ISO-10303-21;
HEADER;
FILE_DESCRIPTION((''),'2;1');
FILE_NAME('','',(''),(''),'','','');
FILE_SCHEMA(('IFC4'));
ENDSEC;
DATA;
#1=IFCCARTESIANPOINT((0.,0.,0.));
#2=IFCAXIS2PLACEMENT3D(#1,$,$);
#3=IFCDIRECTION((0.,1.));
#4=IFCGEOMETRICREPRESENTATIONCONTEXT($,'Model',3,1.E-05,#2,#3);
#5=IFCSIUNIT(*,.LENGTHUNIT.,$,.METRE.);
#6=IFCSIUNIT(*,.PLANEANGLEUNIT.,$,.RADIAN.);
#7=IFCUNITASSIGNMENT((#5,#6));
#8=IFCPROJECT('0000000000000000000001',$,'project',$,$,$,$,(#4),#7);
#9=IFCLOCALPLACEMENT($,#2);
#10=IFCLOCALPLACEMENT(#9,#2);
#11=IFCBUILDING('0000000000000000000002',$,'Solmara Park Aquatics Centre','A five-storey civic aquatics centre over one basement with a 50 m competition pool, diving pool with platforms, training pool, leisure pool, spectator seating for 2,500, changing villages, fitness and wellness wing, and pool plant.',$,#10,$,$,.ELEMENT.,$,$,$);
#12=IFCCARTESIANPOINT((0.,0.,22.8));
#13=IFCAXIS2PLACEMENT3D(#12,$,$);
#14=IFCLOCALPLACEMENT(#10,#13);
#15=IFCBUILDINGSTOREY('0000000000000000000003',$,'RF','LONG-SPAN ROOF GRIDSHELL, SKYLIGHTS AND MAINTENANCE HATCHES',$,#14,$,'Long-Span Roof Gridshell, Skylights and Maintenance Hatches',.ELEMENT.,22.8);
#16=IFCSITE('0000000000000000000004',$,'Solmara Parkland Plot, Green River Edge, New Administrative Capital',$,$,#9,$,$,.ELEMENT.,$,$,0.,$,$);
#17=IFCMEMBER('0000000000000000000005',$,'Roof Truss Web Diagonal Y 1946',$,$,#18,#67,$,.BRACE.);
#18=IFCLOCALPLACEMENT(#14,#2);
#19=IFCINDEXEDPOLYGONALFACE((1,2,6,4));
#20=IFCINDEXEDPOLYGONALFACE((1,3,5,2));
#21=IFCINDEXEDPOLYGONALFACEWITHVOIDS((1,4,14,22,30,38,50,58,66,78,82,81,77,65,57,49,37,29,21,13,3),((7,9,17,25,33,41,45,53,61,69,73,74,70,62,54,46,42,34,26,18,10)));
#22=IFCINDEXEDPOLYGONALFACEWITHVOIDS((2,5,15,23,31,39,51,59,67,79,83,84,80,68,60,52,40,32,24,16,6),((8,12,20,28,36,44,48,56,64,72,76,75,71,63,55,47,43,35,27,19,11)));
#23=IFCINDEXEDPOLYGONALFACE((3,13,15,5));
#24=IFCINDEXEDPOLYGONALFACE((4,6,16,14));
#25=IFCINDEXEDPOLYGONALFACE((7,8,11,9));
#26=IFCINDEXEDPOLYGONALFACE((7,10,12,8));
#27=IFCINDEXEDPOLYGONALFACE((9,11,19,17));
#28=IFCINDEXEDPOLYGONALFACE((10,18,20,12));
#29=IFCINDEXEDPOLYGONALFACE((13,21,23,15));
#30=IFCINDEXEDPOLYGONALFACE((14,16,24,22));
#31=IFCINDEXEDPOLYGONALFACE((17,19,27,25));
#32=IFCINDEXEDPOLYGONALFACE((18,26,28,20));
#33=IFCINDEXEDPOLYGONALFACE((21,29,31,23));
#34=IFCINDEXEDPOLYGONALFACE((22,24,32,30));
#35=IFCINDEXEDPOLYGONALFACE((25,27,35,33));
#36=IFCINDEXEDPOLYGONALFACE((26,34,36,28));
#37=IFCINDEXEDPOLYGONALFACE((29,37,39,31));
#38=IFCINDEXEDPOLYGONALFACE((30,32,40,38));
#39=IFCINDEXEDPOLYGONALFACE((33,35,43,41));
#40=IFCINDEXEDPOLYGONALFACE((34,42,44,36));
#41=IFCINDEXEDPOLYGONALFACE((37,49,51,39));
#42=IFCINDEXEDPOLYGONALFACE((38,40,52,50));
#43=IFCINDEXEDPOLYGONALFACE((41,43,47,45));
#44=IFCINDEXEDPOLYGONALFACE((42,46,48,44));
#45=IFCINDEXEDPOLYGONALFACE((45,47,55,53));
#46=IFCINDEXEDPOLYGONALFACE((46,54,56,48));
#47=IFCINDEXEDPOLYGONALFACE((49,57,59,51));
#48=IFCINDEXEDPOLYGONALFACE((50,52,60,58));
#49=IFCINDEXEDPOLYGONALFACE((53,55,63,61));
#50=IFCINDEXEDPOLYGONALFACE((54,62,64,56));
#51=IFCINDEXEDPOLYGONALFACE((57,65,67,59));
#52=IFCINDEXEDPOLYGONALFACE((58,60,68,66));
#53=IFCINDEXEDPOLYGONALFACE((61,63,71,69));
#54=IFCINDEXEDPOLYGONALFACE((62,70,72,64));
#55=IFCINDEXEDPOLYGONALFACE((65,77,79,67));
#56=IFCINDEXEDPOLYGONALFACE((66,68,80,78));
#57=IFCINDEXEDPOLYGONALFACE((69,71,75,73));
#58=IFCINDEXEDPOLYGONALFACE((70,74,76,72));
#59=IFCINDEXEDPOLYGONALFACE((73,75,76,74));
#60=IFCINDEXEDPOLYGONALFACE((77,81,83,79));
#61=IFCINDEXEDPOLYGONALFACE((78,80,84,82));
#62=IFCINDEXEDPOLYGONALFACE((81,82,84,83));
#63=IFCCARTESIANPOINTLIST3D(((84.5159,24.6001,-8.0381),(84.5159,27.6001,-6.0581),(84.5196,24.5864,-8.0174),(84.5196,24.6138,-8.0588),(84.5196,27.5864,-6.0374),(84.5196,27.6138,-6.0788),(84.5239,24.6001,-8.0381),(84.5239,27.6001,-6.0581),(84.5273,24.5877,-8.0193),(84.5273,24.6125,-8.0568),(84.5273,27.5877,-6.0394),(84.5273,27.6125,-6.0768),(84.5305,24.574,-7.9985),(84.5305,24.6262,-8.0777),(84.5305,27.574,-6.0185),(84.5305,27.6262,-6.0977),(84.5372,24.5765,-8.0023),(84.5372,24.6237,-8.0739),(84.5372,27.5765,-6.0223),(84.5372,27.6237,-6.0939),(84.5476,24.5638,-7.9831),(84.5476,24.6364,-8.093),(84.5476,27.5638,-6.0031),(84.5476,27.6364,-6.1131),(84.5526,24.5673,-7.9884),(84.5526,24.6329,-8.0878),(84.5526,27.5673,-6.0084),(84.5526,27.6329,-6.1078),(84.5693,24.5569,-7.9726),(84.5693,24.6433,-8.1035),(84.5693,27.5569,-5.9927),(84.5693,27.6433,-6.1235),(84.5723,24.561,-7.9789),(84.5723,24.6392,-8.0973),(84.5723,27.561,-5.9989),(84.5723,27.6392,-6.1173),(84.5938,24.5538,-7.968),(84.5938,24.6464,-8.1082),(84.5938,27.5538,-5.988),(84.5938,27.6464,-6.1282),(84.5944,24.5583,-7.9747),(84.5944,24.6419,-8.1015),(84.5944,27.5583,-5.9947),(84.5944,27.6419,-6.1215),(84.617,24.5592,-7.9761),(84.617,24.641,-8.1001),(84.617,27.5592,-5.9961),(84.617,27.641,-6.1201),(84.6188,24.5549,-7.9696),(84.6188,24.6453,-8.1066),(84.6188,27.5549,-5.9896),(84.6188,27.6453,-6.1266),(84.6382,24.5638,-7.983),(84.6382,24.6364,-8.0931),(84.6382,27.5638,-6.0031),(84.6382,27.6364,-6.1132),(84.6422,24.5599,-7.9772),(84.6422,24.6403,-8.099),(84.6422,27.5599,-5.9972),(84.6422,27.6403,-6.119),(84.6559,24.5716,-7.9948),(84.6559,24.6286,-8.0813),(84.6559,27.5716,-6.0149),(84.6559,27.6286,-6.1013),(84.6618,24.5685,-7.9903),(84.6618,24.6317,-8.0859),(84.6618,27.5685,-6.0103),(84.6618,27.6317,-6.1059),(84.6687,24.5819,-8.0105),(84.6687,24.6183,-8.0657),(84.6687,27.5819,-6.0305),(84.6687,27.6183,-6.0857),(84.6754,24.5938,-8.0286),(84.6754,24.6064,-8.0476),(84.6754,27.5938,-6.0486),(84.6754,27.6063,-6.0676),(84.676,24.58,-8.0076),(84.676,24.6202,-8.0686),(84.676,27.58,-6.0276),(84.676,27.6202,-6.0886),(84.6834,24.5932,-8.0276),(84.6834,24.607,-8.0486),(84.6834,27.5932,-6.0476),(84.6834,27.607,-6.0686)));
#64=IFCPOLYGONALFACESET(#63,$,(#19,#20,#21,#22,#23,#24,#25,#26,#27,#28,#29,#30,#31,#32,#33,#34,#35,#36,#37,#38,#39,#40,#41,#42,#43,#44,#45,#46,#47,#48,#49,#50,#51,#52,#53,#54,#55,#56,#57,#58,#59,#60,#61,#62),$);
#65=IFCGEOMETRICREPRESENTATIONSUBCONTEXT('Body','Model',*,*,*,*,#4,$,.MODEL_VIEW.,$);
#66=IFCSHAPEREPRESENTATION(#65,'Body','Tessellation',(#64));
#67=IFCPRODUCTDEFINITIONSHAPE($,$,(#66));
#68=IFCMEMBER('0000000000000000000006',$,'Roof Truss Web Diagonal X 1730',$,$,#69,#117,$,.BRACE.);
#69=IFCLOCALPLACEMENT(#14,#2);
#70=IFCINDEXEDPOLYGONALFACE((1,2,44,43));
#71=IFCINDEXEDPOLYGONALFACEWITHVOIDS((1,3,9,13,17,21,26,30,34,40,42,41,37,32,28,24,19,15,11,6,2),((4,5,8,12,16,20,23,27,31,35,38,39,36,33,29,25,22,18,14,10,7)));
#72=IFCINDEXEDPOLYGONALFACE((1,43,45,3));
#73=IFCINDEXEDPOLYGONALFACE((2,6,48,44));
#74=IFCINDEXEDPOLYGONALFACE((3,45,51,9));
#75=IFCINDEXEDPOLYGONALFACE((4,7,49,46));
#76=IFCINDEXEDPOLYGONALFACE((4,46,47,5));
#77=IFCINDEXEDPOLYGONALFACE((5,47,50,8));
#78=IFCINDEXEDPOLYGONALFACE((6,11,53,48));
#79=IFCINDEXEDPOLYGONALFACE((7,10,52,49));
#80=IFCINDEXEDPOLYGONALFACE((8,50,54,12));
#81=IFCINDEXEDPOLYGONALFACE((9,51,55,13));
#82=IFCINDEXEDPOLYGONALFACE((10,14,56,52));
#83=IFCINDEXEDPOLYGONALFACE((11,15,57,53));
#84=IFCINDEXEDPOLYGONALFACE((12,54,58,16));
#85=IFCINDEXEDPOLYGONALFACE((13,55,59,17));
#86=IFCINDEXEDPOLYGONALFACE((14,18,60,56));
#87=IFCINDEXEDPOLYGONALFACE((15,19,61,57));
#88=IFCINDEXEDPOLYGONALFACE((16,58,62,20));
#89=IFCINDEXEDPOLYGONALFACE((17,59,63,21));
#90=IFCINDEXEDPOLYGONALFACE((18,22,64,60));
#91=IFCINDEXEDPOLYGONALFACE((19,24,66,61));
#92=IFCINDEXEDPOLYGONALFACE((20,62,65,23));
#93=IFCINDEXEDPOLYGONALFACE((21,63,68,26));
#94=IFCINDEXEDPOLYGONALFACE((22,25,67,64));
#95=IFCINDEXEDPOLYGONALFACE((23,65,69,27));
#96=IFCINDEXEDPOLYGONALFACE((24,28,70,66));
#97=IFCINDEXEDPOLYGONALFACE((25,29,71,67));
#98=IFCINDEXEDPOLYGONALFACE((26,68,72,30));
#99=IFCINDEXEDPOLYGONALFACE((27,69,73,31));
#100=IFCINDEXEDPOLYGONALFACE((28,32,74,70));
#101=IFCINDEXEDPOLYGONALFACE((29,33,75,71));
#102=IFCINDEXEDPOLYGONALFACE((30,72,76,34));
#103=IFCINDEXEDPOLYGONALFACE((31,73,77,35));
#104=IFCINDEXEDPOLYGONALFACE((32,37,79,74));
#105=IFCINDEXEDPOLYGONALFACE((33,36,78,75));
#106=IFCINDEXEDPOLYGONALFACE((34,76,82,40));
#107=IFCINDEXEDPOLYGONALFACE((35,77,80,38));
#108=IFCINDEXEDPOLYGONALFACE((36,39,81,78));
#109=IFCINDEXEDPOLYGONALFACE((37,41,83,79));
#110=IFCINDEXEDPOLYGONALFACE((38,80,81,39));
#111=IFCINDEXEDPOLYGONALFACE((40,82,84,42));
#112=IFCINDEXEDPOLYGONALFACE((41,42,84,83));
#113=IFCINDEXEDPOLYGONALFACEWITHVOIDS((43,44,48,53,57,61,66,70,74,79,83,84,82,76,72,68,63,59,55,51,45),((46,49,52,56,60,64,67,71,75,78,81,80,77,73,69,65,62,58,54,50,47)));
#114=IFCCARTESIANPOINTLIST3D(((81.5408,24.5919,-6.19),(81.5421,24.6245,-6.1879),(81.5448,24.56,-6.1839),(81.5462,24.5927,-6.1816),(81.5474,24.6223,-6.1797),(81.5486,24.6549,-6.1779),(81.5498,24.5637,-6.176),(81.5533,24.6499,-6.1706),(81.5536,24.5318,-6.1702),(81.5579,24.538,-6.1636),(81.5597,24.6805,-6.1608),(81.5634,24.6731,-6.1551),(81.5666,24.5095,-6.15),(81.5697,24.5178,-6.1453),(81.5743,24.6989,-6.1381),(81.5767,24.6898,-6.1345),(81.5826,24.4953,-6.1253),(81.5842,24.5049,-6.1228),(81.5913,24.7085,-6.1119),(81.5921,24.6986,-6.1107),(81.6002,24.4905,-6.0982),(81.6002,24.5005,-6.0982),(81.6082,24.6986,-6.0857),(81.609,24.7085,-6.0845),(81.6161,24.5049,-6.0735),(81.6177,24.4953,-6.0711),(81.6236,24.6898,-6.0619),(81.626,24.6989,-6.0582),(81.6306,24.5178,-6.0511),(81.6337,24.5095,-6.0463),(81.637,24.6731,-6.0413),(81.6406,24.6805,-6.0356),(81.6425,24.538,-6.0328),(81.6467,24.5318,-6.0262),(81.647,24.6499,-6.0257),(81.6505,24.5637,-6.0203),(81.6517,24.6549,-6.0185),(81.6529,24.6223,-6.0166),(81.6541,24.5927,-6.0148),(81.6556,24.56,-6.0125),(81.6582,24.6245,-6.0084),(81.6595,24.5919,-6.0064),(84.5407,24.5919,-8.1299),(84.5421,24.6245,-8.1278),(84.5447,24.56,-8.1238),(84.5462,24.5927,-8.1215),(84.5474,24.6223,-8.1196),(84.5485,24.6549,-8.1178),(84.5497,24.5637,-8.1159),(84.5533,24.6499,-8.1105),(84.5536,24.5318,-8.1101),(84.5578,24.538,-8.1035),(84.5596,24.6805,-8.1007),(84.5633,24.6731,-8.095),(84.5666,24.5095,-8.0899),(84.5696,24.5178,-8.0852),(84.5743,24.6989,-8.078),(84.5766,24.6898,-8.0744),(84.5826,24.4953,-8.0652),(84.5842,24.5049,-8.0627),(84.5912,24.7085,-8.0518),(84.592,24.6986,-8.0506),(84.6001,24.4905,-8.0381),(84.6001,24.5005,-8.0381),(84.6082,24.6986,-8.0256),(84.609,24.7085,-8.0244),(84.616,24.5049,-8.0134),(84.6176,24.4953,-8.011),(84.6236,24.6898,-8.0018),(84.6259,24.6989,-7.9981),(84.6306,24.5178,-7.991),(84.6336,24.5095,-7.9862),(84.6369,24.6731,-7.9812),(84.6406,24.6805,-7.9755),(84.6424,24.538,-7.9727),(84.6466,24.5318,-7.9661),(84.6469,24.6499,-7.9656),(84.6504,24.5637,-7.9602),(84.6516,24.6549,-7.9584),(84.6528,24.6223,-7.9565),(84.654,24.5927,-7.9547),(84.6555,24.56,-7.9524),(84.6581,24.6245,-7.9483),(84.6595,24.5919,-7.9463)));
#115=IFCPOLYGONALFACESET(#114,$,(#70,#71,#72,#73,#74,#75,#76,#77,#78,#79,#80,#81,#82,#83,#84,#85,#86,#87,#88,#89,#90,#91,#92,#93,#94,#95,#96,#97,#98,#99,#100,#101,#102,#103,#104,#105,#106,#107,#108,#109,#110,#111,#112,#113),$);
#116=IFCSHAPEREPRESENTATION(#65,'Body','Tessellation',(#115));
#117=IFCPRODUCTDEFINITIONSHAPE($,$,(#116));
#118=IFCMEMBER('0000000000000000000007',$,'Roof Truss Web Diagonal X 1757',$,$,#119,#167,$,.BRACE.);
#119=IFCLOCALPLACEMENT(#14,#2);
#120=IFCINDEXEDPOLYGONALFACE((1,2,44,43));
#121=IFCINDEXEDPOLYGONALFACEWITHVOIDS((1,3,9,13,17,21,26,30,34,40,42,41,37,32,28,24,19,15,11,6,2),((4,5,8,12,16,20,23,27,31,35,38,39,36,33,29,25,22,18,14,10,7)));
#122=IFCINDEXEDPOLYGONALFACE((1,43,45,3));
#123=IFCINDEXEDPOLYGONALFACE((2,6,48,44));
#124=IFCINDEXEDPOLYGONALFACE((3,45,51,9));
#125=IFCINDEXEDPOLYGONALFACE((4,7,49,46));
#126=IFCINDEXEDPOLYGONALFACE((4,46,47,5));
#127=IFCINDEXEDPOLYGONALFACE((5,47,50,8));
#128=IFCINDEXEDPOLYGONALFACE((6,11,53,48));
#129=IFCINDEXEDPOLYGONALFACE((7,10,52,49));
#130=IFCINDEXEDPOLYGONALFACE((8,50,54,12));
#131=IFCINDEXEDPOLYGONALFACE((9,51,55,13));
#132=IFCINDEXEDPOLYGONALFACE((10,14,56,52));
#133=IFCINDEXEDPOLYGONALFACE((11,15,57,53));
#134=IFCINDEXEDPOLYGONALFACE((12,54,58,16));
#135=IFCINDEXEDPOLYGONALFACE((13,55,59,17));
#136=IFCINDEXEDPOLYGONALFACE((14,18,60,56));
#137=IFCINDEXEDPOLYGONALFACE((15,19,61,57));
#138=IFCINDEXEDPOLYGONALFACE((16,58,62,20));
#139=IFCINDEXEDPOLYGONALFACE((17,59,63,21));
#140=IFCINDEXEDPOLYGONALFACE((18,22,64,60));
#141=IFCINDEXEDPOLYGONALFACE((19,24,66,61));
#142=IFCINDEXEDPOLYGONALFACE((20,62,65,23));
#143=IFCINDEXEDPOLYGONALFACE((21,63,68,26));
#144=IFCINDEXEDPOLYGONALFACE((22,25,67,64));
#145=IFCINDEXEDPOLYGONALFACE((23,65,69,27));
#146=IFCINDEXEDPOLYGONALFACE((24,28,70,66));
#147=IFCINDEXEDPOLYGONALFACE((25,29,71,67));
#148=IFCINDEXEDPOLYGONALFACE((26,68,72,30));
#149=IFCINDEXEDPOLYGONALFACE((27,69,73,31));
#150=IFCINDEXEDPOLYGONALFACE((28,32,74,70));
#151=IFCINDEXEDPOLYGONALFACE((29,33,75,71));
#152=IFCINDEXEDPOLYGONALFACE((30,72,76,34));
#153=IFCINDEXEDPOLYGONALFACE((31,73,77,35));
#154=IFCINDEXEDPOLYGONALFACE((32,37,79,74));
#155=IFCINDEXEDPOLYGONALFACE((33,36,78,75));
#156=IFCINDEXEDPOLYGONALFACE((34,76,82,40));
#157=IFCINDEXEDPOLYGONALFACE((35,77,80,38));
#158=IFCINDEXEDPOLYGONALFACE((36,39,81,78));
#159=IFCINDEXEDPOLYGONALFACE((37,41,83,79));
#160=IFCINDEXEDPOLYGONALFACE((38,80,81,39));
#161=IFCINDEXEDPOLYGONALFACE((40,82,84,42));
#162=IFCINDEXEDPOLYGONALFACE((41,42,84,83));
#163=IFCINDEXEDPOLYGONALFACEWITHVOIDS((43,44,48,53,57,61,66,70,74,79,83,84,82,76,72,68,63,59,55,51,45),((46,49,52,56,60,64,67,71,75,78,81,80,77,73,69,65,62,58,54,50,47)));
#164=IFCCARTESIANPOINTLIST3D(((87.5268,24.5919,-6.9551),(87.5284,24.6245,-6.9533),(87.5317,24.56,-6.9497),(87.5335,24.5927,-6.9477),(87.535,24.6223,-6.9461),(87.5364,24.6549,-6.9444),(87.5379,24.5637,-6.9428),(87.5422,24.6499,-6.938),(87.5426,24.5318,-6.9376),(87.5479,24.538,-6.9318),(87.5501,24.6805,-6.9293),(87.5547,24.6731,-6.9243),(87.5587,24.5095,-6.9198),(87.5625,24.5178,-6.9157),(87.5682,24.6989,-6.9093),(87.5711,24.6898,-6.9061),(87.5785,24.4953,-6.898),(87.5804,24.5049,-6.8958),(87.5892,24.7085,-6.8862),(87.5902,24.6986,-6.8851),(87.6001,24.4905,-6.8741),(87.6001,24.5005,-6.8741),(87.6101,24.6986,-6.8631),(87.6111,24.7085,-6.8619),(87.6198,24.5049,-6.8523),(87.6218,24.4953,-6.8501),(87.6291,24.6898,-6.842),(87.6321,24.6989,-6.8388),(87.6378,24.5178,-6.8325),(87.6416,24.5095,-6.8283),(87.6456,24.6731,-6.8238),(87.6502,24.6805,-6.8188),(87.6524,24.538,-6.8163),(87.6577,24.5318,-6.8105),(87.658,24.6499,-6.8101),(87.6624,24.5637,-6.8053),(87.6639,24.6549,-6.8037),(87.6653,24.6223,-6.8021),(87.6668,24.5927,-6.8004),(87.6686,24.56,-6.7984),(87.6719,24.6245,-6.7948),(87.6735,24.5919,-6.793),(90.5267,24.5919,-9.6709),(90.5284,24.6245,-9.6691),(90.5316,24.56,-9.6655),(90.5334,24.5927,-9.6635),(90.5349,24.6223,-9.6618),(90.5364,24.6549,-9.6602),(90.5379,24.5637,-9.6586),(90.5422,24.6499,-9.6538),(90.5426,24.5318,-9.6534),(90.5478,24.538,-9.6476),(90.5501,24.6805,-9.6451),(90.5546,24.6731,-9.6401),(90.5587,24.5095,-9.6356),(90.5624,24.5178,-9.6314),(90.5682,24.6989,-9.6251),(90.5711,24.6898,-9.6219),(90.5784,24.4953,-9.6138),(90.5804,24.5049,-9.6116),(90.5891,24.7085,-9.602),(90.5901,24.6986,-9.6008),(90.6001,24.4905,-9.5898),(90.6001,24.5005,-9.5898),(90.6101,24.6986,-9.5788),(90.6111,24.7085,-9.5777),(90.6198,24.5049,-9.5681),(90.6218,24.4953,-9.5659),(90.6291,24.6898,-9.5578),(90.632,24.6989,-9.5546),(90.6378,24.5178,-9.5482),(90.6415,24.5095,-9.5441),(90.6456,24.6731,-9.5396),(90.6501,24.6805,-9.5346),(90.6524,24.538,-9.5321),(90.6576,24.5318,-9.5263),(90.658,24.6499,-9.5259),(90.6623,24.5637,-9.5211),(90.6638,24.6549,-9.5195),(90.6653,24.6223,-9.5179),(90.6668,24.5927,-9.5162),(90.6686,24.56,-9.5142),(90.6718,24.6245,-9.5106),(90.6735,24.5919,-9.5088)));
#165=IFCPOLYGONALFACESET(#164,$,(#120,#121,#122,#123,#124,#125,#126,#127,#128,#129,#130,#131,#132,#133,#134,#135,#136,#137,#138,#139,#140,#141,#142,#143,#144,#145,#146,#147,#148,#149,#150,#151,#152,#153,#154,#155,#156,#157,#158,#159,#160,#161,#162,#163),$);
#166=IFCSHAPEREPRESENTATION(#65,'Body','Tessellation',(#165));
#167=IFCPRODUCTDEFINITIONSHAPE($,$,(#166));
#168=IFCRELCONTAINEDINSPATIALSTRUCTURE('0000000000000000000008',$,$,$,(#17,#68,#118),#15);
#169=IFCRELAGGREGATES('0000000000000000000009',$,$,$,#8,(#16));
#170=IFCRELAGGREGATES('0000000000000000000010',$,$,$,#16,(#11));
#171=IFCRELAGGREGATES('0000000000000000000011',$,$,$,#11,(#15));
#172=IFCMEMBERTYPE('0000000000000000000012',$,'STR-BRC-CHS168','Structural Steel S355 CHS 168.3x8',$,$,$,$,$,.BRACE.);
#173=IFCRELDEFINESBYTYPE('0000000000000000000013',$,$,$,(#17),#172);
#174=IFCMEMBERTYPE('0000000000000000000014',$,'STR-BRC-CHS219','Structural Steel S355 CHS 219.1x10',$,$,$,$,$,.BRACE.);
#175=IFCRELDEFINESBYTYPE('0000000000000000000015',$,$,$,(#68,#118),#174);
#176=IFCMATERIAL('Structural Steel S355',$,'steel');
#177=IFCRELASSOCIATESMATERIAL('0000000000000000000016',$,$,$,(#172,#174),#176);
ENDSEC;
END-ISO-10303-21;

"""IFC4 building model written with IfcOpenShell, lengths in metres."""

from ifc_helpers import new_model, si_unit, direction, frame, origin, origin_2d, place, context, subcontext, project, spatial, hollow_circle, extrude, material, material_profile, profile_set, type_object, element, save


model = new_model("IFC4")

# Units and contexts
model_context = context("Model", 3, precision=1e-05, world=origin(), true_north=direction((0.0, 1.0)))
body_context = subcontext(model_context, "Body", "Model", "MODEL_VIEW")
ifc_project = project(units=[si_unit("LENGTHUNIT", "METRE"), si_unit("PLANEANGLEUNIT", "RADIAN")], contexts=[model_context])

# Site, building, storey
site_placement = place(None, origin())
site = spatial("IfcSite", under=ifc_project, at=site_placement, Name="Solmara Parkland Plot, Green River Edge, New Administrative Capital", CompositionType="ELEMENT", RefElevation=0.0)
building_placement = place(site_placement, origin())
building = spatial("IfcBuilding", under=site, at=building_placement, Name="Solmara Park Aquatics Centre", Description="A five-storey civic aquatics centre over one basement with a 50 m competition pool, diving pool with platforms, training pool, leisure pool, spectator seating for 2,500, changing villages, fitness and wellness wing, and pool plant.", CompositionType="ELEMENT")
storey_placement = place(building_placement, frame((0.0, 0.0, 22.8)))
storey = spatial("IfcBuildingStorey", under=building, at=storey_placement, Name="RF", Description="LONG-SPAN ROOF GRIDSHELL, SKYLIGHTS AND MAINTENANCE HATCHES", LongName="Long-Span Roof Gridshell, Skylights and Maintenance Hatches", CompositionType="ELEMENT", Elevation=22.8)

# Members
ifc_material_1 = material(Name="Structural Steel S355", Category="steel")
ifc_material_profile_1 = material_profile(ifc_material_1, hollow_circle(Radius=0.0842, WallThickness=0.0081, at=origin_2d()), Name="CHS 168.3x8")
ifc_profile_set_1 = profile_set([ifc_material_profile_1], Name="Structural Steel S355")
member_type_1 = type_object("IfcMemberType", Name="STR-BRC-CHS168", Description="Structural Steel S355 CHS 168.3x8", PredefinedType="BRACE", material=ifc_profile_set_1)
member_1_placement = place(storey_placement, frame((84.6001, 24.6001, -8.0381), z_axis=(0.0, 0.834612, 0.550838), x_axis=(-1.0, 0.0, 0.0)))
element("IfcMember", 1, at=member_1_placement, inside=storey, type_object=member_type_1, Name="Roof Truss Web Diagonal Y 1946", PredefinedType="BRACE", context=body_context, shape_type="SweptSolid", body=[
    extrude(hollow_circle(Radius=0.0842, WallThickness=0.0081, at=origin_2d()), origin(), (0.0, 0.0, 1.0), 3.5945),
])
ifc_material_profile_2 = material_profile(ifc_material_1, hollow_circle(Radius=0.1096, WallThickness=0.01, at=origin_2d()), Name="CHS 219.1x10")
ifc_profile_set_2 = profile_set([ifc_material_profile_2], Name="Structural Steel S355")
member_type_2 = type_object("IfcMemberType", Name="STR-BRC-CHS219", Description="Structural Steel S355 CHS 219.1x10", PredefinedType="BRACE", material=ifc_profile_set_2)
member_2_placement = place(storey_placement, frame((84.6001, 24.6001, -8.0381), z_axis=(-0.839728, 0.0, 0.543008), x_axis=(0.0, -1.0, 0.0)))
element("IfcMember", 2, at=member_2_placement, inside=storey, type_object=member_type_2, Name="Roof Truss Web Diagonal X 1730", PredefinedType="BRACE", context=body_context, shape_type="SweptSolid", body=[
    extrude(hollow_circle(Radius=0.1096, WallThickness=0.01, at=origin_2d()), origin(), (0.0, 0.0, 1.0), 3.5725),
])
member_3_placement = place(storey_placement, frame((90.6001, 24.6001, -9.5898), z_axis=(-0.741347, 0.0, 0.671122), x_axis=(0.0, -1.0, 0.0)))
element("IfcMember", 3, at=member_3_placement, inside=storey, type_object=member_type_2, Name="Roof Truss Web Diagonal X 1757", PredefinedType="BRACE", context=body_context, shape_type="SweptSolid", body=[
    extrude(hollow_circle(Radius=0.1096, WallThickness=0.01, at=origin_2d()), origin(), (0.0, 0.0, 1.0), 4.0466),
])

save(model, "model.ifc")
